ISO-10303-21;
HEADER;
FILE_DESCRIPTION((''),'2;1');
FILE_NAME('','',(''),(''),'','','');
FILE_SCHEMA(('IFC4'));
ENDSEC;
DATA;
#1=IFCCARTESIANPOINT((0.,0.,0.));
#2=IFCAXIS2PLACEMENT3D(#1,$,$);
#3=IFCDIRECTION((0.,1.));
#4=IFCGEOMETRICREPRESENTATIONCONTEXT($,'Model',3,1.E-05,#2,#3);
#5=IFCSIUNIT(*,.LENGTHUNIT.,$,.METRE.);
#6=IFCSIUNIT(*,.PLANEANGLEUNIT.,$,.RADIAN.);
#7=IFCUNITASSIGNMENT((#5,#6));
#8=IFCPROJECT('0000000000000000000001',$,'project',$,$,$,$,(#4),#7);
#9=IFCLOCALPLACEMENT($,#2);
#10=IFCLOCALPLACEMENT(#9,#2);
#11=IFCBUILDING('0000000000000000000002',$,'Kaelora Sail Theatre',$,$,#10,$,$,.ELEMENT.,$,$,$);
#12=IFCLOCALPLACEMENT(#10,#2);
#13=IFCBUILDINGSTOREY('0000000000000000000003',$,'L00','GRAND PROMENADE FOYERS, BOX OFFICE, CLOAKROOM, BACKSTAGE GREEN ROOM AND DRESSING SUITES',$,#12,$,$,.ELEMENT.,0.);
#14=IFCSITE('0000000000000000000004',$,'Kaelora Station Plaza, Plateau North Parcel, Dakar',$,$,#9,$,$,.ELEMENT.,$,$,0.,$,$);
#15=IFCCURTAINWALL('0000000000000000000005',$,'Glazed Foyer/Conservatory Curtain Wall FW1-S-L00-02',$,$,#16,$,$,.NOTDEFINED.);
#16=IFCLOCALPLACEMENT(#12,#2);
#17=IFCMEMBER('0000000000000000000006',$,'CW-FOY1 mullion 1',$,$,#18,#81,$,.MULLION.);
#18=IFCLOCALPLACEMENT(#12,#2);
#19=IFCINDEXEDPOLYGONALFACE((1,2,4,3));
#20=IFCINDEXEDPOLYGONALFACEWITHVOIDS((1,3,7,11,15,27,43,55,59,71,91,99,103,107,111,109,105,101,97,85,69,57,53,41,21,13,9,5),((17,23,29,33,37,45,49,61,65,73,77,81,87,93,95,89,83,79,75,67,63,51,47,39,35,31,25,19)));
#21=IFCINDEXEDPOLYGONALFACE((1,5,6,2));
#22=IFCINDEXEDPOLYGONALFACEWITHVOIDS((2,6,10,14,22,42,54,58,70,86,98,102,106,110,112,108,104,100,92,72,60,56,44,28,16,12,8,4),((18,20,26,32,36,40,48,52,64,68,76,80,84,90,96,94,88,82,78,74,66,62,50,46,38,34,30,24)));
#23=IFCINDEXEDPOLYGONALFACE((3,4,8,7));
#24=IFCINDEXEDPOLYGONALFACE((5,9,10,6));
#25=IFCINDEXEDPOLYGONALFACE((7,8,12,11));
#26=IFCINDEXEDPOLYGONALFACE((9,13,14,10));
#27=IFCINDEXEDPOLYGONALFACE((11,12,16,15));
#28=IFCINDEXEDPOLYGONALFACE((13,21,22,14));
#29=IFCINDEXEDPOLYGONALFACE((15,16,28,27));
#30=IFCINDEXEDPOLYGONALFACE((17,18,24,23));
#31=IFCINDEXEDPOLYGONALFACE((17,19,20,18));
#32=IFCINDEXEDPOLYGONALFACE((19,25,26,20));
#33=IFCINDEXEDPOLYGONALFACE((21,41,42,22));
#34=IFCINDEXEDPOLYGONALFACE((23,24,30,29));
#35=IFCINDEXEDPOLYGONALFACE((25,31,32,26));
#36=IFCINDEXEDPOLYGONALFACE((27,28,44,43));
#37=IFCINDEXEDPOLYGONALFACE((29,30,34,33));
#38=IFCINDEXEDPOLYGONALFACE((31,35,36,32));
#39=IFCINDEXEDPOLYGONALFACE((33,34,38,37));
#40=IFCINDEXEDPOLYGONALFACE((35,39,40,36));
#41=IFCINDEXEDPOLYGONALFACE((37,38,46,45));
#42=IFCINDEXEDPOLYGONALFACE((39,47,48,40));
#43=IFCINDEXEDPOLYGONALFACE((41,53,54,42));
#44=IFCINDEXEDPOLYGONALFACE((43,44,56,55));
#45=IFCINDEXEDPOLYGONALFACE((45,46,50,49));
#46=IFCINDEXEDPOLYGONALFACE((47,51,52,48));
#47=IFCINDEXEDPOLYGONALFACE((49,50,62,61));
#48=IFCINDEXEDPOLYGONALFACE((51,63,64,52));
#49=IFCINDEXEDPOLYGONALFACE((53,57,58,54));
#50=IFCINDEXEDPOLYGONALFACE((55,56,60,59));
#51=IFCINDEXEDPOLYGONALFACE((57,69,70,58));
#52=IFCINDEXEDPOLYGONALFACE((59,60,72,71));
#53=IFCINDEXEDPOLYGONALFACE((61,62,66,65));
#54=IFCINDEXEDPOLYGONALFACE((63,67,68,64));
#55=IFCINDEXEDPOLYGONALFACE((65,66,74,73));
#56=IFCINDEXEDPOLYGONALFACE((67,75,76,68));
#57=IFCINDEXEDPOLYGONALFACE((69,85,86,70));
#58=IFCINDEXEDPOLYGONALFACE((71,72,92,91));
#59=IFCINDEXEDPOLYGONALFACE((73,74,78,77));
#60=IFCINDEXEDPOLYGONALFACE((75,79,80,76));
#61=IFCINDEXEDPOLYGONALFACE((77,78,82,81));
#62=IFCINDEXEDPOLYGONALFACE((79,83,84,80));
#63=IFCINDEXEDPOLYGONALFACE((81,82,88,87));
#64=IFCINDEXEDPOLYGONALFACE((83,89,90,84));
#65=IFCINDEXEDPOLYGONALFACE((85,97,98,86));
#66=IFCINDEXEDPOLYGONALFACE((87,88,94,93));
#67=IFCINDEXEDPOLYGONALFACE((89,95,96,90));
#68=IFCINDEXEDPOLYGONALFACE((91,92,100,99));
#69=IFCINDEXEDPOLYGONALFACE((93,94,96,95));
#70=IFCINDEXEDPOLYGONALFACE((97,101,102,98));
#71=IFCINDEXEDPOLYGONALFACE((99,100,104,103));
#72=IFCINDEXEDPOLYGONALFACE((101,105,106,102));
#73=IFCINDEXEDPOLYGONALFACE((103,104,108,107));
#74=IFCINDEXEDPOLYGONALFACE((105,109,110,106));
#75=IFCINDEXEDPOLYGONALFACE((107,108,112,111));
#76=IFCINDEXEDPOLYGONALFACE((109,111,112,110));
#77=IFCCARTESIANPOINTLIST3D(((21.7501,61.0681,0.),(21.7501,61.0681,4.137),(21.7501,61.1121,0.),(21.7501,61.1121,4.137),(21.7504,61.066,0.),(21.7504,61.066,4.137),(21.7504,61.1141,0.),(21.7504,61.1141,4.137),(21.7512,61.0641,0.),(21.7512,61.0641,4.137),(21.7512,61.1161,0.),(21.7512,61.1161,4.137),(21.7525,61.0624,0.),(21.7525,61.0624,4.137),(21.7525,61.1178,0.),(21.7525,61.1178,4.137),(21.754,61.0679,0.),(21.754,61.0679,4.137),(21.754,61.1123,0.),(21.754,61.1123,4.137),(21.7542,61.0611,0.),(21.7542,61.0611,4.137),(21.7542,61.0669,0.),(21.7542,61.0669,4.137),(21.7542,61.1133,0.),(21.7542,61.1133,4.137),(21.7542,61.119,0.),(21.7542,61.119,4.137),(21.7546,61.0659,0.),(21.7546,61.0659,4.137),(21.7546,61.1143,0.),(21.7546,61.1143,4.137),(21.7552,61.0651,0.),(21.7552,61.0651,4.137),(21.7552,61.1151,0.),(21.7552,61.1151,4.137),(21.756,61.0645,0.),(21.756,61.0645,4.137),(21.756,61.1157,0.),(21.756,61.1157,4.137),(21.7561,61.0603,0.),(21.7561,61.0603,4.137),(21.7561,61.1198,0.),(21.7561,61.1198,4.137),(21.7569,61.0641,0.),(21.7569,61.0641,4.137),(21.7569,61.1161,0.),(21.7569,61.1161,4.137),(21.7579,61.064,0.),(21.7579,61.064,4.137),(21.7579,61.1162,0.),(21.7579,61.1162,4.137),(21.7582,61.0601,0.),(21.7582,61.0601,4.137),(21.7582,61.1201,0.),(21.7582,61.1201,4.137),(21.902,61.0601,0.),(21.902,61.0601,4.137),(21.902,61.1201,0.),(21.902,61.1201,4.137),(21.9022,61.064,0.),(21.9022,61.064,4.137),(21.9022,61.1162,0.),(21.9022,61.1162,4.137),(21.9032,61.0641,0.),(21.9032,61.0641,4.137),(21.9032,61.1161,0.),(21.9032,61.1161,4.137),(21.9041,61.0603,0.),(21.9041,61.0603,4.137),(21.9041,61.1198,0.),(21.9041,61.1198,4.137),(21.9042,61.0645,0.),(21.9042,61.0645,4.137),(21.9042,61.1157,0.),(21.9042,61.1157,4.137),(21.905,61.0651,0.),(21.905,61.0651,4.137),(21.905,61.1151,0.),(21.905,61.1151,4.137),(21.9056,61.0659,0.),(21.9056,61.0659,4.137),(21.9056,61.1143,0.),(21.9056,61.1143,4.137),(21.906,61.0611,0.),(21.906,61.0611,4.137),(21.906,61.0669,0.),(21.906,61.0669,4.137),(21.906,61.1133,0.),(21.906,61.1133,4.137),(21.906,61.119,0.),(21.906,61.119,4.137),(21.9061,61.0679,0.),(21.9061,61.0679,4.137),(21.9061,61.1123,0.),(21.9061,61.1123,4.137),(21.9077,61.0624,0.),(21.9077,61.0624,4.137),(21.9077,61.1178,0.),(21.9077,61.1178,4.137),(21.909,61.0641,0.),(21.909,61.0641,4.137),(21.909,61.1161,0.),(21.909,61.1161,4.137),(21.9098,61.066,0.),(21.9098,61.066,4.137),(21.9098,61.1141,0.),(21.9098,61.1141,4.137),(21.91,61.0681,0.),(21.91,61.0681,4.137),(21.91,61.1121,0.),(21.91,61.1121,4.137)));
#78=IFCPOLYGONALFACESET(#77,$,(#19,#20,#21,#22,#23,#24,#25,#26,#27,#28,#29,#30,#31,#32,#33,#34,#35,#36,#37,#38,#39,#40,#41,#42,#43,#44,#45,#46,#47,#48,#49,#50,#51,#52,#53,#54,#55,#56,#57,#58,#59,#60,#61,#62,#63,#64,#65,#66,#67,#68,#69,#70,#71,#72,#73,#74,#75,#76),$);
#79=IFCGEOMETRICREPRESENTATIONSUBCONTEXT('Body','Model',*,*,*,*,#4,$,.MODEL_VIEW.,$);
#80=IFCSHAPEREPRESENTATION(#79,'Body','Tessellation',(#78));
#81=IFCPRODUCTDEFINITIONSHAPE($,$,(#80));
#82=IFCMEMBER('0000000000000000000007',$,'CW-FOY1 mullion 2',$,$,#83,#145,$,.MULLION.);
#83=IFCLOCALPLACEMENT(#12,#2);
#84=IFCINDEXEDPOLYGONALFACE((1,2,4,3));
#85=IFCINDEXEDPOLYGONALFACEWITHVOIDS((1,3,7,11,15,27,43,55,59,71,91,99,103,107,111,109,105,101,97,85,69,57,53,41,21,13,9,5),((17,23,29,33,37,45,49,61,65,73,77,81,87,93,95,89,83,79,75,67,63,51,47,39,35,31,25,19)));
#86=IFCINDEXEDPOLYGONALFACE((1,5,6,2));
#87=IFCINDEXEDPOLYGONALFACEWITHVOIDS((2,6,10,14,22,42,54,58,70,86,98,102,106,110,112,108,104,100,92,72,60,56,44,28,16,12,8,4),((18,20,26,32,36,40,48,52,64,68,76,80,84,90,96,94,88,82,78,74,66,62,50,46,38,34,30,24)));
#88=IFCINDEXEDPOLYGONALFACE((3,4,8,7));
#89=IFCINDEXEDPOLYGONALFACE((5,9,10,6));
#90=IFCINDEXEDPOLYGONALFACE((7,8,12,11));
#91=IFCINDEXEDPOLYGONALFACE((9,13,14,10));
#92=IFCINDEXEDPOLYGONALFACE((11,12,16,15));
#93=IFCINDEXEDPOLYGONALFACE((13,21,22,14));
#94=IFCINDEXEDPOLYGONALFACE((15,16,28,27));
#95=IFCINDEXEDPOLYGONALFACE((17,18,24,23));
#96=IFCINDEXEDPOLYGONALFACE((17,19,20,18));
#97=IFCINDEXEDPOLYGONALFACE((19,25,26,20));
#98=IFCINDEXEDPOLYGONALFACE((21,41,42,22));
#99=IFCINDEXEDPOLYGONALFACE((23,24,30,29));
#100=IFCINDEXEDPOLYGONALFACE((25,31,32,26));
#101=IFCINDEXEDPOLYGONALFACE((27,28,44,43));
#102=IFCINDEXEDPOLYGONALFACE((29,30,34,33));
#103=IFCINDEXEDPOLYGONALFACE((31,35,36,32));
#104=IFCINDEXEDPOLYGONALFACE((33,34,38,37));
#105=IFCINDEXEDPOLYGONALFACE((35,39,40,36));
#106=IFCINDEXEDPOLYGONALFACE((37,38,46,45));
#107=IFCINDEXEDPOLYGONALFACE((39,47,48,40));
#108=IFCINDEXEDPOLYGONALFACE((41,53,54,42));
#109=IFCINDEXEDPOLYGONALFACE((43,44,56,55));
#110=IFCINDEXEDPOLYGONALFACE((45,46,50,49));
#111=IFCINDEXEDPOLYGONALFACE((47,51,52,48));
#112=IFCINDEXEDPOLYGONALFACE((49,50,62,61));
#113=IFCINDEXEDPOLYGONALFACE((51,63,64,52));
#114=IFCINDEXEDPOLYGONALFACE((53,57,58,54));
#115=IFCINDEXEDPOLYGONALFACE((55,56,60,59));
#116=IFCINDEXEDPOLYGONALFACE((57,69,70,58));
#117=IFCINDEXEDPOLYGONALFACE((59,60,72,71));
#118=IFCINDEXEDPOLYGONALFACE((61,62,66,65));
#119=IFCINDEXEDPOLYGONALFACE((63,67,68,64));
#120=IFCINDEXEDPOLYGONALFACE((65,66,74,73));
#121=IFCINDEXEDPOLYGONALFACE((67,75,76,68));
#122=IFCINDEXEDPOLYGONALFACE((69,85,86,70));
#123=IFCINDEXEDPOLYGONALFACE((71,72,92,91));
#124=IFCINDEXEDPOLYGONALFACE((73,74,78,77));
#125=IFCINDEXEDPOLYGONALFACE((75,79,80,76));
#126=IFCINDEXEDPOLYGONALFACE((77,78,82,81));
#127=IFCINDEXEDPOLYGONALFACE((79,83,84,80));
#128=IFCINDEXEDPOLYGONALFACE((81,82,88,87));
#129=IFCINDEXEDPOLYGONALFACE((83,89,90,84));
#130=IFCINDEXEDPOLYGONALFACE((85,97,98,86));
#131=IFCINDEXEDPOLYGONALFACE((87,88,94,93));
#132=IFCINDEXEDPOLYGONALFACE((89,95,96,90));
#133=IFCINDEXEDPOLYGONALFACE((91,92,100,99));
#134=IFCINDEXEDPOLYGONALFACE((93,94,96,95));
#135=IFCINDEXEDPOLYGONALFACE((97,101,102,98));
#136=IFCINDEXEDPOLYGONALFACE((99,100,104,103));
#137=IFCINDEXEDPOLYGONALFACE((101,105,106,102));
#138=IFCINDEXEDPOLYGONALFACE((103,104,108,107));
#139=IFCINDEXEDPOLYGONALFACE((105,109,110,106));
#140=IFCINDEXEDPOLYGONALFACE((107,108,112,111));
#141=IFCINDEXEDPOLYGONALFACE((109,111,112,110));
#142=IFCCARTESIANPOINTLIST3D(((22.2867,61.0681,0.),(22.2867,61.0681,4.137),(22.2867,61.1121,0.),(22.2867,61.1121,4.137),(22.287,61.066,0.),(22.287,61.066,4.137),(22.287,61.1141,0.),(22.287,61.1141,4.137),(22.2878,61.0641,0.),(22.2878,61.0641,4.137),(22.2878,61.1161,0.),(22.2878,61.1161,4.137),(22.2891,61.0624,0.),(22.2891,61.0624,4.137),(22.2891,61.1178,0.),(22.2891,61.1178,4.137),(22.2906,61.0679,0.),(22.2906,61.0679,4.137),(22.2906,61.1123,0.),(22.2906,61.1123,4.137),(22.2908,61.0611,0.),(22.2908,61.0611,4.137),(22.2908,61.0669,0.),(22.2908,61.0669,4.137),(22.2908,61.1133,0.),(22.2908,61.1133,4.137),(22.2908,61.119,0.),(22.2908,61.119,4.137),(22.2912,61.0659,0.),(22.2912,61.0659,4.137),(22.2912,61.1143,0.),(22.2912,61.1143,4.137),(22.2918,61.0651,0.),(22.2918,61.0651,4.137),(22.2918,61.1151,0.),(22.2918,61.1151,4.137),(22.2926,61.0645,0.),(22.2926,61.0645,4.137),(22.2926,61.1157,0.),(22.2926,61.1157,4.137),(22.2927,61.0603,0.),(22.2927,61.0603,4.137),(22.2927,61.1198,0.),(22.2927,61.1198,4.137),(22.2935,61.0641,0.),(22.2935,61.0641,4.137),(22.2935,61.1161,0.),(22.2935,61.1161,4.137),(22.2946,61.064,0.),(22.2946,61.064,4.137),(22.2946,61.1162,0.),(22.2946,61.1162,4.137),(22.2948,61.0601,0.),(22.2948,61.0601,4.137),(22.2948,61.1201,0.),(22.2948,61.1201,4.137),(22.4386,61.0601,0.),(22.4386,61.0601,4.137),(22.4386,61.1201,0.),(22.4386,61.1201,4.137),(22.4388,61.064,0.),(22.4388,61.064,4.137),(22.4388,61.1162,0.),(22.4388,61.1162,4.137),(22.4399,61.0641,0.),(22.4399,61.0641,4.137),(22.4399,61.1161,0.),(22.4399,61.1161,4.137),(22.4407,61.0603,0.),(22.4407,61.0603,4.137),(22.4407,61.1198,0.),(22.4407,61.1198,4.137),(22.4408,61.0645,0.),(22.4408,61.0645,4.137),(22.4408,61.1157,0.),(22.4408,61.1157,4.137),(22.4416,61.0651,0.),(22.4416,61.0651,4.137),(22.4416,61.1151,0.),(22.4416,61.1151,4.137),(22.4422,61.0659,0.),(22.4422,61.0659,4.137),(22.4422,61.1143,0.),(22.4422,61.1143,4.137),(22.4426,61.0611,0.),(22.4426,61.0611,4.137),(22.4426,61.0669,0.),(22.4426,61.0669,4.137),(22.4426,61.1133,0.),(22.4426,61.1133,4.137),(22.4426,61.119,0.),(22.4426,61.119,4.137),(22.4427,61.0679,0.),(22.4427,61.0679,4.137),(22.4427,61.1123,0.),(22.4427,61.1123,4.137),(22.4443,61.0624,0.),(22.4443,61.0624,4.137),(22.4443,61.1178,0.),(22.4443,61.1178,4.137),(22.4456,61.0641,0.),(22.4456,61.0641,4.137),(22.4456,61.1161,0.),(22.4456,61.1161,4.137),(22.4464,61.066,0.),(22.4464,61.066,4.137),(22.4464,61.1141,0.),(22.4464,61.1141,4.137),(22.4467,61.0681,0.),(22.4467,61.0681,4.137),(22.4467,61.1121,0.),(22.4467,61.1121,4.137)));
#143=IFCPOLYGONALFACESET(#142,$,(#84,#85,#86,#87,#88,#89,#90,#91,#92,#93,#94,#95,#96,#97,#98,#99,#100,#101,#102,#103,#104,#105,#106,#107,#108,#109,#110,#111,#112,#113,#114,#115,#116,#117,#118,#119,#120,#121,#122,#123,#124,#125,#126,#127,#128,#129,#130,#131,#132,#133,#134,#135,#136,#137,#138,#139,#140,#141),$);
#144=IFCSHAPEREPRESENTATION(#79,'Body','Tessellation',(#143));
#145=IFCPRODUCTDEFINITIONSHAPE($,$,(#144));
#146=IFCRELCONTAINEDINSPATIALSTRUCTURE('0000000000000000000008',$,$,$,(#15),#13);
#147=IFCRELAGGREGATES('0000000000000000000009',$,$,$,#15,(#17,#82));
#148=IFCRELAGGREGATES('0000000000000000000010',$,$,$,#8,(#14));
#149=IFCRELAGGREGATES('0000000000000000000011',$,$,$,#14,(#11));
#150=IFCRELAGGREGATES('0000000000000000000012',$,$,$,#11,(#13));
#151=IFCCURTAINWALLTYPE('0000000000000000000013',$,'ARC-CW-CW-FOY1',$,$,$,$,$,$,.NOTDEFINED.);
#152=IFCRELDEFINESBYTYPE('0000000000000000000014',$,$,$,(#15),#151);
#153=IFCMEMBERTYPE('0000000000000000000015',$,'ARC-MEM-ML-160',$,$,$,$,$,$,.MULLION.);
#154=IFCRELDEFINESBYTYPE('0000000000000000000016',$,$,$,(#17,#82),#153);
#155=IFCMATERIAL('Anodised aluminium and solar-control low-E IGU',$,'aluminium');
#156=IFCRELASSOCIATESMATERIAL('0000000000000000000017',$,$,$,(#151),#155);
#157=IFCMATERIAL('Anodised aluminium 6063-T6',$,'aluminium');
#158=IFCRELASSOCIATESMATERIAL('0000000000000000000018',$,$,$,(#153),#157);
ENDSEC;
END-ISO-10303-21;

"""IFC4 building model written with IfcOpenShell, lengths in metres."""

from ifc_helpers import new_model, si_unit, direction, frame, origin, origin_2d, place, context, subcontext, project, spatial, hollow_rectangle, extrude, material, material_profile, profile_set, type_object, element, aggregate, save


model = new_model("IFC4")

# Units and contexts
model_context = context("Model", 3, precision=1e-05, world=origin(), true_north=direction((0.0, 1.0)))
body_context = subcontext(model_context, "Body", "Model", "MODEL_VIEW")
ifc_project = project(units=[si_unit("LENGTHUNIT", "METRE"), si_unit("PLANEANGLEUNIT", "RADIAN")], contexts=[model_context])

# Site, building, storey
site_placement = place(None, origin())
site = spatial("IfcSite", under=ifc_project, at=site_placement, Name="Kaelora Station Plaza, Plateau North Parcel, Dakar", CompositionType="ELEMENT", RefElevation=0.0)
building_placement = place(site_placement, origin())
building = spatial("IfcBuilding", under=site, at=building_placement, Name="Kaelora Sail Theatre", CompositionType="ELEMENT")
storey_placement = place(building_placement, origin())
storey = spatial("IfcBuildingStorey", under=building, at=storey_placement, Name="L00", Description="GRAND PROMENADE FOYERS, BOX OFFICE, CLOAKROOM, BACKSTAGE GREEN ROOM AND DRESSING SUITES", CompositionType="ELEMENT", Elevation=0.0)

# Curtain wall, members
ifc_material_1 = material(Name="Anodised aluminium and solar-control low-E IGU", Category="aluminium")
curtain_wall_type = type_object("IfcCurtainWallType", Name="ARC-CW-CW-FOY1", PredefinedType="NOTDEFINED", material=ifc_material_1)
curtain_wall_placement = place(storey_placement, origin())
curtain_wall = element("IfcCurtainWall", 1, at=curtain_wall_placement, inside=storey, type_object=curtain_wall_type, Name="Glazed Foyer/Conservatory Curtain Wall FW1-S-L00-02", PredefinedType="NOTDEFINED")
ifc_material_2 = material(Name="Anodised aluminium 6063-T6", Category="aluminium")
ifc_material_profile_1 = material_profile(ifc_material_2, hollow_rectangle(XDim=0.0601, YDim=0.1599, WallThickness=0.0039, InnerFilletRadius=0.0039, OuterFilletRadius=0.0081, at=origin_2d()), Name="ALU-MULL 60x160x4")
ifc_profile_set_1 = profile_set([ifc_material_profile_1], Name="Anodised aluminium 6063-T6")
member_type_1 = type_object("IfcMemberType", Name="ARC-MEM-ML-160", PredefinedType="MULLION", material=ifc_profile_set_1)
member_1_placement = place(storey_placement, frame((21.8301, 61.0901, 0.0), z_axis=(0.0, 0.0, 1.0), x_axis=(0.0, 1.0, 0.0)))
member_1 = element("IfcMember", 2, at=member_1_placement, type_object=member_type_1, Name="CW-FOY1 mullion 1", PredefinedType="MULLION", context=body_context, shape_type="SweptSolid", body=[
    extrude(hollow_rectangle(XDim=0.0601, YDim=0.1599, WallThickness=0.0039, InnerFilletRadius=0.0039, OuterFilletRadius=0.0081, at=origin_2d()), origin(), (0.0, 0.0, 1.0), 4.137),
])
member_2_placement = place(storey_placement, frame((22.3667, 61.0901, 0.0), z_axis=(0.0, 0.0, 1.0), x_axis=(0.0, 1.0, 0.0)))
member_2 = element("IfcMember", 3, at=member_2_placement, type_object=member_type_1, Name="CW-FOY1 mullion 2", PredefinedType="MULLION", context=body_context, shape_type="SweptSolid", body=[
    extrude(hollow_rectangle(XDim=0.0601, YDim=0.1599, WallThickness=0.0039, InnerFilletRadius=0.0039, OuterFilletRadius=0.0081, at=origin_2d()), origin(), (0.0, 0.0, 1.0), 4.137),
])
aggregate(curtain_wall, [member_1, member_2])

save(model, "model.ifc")
